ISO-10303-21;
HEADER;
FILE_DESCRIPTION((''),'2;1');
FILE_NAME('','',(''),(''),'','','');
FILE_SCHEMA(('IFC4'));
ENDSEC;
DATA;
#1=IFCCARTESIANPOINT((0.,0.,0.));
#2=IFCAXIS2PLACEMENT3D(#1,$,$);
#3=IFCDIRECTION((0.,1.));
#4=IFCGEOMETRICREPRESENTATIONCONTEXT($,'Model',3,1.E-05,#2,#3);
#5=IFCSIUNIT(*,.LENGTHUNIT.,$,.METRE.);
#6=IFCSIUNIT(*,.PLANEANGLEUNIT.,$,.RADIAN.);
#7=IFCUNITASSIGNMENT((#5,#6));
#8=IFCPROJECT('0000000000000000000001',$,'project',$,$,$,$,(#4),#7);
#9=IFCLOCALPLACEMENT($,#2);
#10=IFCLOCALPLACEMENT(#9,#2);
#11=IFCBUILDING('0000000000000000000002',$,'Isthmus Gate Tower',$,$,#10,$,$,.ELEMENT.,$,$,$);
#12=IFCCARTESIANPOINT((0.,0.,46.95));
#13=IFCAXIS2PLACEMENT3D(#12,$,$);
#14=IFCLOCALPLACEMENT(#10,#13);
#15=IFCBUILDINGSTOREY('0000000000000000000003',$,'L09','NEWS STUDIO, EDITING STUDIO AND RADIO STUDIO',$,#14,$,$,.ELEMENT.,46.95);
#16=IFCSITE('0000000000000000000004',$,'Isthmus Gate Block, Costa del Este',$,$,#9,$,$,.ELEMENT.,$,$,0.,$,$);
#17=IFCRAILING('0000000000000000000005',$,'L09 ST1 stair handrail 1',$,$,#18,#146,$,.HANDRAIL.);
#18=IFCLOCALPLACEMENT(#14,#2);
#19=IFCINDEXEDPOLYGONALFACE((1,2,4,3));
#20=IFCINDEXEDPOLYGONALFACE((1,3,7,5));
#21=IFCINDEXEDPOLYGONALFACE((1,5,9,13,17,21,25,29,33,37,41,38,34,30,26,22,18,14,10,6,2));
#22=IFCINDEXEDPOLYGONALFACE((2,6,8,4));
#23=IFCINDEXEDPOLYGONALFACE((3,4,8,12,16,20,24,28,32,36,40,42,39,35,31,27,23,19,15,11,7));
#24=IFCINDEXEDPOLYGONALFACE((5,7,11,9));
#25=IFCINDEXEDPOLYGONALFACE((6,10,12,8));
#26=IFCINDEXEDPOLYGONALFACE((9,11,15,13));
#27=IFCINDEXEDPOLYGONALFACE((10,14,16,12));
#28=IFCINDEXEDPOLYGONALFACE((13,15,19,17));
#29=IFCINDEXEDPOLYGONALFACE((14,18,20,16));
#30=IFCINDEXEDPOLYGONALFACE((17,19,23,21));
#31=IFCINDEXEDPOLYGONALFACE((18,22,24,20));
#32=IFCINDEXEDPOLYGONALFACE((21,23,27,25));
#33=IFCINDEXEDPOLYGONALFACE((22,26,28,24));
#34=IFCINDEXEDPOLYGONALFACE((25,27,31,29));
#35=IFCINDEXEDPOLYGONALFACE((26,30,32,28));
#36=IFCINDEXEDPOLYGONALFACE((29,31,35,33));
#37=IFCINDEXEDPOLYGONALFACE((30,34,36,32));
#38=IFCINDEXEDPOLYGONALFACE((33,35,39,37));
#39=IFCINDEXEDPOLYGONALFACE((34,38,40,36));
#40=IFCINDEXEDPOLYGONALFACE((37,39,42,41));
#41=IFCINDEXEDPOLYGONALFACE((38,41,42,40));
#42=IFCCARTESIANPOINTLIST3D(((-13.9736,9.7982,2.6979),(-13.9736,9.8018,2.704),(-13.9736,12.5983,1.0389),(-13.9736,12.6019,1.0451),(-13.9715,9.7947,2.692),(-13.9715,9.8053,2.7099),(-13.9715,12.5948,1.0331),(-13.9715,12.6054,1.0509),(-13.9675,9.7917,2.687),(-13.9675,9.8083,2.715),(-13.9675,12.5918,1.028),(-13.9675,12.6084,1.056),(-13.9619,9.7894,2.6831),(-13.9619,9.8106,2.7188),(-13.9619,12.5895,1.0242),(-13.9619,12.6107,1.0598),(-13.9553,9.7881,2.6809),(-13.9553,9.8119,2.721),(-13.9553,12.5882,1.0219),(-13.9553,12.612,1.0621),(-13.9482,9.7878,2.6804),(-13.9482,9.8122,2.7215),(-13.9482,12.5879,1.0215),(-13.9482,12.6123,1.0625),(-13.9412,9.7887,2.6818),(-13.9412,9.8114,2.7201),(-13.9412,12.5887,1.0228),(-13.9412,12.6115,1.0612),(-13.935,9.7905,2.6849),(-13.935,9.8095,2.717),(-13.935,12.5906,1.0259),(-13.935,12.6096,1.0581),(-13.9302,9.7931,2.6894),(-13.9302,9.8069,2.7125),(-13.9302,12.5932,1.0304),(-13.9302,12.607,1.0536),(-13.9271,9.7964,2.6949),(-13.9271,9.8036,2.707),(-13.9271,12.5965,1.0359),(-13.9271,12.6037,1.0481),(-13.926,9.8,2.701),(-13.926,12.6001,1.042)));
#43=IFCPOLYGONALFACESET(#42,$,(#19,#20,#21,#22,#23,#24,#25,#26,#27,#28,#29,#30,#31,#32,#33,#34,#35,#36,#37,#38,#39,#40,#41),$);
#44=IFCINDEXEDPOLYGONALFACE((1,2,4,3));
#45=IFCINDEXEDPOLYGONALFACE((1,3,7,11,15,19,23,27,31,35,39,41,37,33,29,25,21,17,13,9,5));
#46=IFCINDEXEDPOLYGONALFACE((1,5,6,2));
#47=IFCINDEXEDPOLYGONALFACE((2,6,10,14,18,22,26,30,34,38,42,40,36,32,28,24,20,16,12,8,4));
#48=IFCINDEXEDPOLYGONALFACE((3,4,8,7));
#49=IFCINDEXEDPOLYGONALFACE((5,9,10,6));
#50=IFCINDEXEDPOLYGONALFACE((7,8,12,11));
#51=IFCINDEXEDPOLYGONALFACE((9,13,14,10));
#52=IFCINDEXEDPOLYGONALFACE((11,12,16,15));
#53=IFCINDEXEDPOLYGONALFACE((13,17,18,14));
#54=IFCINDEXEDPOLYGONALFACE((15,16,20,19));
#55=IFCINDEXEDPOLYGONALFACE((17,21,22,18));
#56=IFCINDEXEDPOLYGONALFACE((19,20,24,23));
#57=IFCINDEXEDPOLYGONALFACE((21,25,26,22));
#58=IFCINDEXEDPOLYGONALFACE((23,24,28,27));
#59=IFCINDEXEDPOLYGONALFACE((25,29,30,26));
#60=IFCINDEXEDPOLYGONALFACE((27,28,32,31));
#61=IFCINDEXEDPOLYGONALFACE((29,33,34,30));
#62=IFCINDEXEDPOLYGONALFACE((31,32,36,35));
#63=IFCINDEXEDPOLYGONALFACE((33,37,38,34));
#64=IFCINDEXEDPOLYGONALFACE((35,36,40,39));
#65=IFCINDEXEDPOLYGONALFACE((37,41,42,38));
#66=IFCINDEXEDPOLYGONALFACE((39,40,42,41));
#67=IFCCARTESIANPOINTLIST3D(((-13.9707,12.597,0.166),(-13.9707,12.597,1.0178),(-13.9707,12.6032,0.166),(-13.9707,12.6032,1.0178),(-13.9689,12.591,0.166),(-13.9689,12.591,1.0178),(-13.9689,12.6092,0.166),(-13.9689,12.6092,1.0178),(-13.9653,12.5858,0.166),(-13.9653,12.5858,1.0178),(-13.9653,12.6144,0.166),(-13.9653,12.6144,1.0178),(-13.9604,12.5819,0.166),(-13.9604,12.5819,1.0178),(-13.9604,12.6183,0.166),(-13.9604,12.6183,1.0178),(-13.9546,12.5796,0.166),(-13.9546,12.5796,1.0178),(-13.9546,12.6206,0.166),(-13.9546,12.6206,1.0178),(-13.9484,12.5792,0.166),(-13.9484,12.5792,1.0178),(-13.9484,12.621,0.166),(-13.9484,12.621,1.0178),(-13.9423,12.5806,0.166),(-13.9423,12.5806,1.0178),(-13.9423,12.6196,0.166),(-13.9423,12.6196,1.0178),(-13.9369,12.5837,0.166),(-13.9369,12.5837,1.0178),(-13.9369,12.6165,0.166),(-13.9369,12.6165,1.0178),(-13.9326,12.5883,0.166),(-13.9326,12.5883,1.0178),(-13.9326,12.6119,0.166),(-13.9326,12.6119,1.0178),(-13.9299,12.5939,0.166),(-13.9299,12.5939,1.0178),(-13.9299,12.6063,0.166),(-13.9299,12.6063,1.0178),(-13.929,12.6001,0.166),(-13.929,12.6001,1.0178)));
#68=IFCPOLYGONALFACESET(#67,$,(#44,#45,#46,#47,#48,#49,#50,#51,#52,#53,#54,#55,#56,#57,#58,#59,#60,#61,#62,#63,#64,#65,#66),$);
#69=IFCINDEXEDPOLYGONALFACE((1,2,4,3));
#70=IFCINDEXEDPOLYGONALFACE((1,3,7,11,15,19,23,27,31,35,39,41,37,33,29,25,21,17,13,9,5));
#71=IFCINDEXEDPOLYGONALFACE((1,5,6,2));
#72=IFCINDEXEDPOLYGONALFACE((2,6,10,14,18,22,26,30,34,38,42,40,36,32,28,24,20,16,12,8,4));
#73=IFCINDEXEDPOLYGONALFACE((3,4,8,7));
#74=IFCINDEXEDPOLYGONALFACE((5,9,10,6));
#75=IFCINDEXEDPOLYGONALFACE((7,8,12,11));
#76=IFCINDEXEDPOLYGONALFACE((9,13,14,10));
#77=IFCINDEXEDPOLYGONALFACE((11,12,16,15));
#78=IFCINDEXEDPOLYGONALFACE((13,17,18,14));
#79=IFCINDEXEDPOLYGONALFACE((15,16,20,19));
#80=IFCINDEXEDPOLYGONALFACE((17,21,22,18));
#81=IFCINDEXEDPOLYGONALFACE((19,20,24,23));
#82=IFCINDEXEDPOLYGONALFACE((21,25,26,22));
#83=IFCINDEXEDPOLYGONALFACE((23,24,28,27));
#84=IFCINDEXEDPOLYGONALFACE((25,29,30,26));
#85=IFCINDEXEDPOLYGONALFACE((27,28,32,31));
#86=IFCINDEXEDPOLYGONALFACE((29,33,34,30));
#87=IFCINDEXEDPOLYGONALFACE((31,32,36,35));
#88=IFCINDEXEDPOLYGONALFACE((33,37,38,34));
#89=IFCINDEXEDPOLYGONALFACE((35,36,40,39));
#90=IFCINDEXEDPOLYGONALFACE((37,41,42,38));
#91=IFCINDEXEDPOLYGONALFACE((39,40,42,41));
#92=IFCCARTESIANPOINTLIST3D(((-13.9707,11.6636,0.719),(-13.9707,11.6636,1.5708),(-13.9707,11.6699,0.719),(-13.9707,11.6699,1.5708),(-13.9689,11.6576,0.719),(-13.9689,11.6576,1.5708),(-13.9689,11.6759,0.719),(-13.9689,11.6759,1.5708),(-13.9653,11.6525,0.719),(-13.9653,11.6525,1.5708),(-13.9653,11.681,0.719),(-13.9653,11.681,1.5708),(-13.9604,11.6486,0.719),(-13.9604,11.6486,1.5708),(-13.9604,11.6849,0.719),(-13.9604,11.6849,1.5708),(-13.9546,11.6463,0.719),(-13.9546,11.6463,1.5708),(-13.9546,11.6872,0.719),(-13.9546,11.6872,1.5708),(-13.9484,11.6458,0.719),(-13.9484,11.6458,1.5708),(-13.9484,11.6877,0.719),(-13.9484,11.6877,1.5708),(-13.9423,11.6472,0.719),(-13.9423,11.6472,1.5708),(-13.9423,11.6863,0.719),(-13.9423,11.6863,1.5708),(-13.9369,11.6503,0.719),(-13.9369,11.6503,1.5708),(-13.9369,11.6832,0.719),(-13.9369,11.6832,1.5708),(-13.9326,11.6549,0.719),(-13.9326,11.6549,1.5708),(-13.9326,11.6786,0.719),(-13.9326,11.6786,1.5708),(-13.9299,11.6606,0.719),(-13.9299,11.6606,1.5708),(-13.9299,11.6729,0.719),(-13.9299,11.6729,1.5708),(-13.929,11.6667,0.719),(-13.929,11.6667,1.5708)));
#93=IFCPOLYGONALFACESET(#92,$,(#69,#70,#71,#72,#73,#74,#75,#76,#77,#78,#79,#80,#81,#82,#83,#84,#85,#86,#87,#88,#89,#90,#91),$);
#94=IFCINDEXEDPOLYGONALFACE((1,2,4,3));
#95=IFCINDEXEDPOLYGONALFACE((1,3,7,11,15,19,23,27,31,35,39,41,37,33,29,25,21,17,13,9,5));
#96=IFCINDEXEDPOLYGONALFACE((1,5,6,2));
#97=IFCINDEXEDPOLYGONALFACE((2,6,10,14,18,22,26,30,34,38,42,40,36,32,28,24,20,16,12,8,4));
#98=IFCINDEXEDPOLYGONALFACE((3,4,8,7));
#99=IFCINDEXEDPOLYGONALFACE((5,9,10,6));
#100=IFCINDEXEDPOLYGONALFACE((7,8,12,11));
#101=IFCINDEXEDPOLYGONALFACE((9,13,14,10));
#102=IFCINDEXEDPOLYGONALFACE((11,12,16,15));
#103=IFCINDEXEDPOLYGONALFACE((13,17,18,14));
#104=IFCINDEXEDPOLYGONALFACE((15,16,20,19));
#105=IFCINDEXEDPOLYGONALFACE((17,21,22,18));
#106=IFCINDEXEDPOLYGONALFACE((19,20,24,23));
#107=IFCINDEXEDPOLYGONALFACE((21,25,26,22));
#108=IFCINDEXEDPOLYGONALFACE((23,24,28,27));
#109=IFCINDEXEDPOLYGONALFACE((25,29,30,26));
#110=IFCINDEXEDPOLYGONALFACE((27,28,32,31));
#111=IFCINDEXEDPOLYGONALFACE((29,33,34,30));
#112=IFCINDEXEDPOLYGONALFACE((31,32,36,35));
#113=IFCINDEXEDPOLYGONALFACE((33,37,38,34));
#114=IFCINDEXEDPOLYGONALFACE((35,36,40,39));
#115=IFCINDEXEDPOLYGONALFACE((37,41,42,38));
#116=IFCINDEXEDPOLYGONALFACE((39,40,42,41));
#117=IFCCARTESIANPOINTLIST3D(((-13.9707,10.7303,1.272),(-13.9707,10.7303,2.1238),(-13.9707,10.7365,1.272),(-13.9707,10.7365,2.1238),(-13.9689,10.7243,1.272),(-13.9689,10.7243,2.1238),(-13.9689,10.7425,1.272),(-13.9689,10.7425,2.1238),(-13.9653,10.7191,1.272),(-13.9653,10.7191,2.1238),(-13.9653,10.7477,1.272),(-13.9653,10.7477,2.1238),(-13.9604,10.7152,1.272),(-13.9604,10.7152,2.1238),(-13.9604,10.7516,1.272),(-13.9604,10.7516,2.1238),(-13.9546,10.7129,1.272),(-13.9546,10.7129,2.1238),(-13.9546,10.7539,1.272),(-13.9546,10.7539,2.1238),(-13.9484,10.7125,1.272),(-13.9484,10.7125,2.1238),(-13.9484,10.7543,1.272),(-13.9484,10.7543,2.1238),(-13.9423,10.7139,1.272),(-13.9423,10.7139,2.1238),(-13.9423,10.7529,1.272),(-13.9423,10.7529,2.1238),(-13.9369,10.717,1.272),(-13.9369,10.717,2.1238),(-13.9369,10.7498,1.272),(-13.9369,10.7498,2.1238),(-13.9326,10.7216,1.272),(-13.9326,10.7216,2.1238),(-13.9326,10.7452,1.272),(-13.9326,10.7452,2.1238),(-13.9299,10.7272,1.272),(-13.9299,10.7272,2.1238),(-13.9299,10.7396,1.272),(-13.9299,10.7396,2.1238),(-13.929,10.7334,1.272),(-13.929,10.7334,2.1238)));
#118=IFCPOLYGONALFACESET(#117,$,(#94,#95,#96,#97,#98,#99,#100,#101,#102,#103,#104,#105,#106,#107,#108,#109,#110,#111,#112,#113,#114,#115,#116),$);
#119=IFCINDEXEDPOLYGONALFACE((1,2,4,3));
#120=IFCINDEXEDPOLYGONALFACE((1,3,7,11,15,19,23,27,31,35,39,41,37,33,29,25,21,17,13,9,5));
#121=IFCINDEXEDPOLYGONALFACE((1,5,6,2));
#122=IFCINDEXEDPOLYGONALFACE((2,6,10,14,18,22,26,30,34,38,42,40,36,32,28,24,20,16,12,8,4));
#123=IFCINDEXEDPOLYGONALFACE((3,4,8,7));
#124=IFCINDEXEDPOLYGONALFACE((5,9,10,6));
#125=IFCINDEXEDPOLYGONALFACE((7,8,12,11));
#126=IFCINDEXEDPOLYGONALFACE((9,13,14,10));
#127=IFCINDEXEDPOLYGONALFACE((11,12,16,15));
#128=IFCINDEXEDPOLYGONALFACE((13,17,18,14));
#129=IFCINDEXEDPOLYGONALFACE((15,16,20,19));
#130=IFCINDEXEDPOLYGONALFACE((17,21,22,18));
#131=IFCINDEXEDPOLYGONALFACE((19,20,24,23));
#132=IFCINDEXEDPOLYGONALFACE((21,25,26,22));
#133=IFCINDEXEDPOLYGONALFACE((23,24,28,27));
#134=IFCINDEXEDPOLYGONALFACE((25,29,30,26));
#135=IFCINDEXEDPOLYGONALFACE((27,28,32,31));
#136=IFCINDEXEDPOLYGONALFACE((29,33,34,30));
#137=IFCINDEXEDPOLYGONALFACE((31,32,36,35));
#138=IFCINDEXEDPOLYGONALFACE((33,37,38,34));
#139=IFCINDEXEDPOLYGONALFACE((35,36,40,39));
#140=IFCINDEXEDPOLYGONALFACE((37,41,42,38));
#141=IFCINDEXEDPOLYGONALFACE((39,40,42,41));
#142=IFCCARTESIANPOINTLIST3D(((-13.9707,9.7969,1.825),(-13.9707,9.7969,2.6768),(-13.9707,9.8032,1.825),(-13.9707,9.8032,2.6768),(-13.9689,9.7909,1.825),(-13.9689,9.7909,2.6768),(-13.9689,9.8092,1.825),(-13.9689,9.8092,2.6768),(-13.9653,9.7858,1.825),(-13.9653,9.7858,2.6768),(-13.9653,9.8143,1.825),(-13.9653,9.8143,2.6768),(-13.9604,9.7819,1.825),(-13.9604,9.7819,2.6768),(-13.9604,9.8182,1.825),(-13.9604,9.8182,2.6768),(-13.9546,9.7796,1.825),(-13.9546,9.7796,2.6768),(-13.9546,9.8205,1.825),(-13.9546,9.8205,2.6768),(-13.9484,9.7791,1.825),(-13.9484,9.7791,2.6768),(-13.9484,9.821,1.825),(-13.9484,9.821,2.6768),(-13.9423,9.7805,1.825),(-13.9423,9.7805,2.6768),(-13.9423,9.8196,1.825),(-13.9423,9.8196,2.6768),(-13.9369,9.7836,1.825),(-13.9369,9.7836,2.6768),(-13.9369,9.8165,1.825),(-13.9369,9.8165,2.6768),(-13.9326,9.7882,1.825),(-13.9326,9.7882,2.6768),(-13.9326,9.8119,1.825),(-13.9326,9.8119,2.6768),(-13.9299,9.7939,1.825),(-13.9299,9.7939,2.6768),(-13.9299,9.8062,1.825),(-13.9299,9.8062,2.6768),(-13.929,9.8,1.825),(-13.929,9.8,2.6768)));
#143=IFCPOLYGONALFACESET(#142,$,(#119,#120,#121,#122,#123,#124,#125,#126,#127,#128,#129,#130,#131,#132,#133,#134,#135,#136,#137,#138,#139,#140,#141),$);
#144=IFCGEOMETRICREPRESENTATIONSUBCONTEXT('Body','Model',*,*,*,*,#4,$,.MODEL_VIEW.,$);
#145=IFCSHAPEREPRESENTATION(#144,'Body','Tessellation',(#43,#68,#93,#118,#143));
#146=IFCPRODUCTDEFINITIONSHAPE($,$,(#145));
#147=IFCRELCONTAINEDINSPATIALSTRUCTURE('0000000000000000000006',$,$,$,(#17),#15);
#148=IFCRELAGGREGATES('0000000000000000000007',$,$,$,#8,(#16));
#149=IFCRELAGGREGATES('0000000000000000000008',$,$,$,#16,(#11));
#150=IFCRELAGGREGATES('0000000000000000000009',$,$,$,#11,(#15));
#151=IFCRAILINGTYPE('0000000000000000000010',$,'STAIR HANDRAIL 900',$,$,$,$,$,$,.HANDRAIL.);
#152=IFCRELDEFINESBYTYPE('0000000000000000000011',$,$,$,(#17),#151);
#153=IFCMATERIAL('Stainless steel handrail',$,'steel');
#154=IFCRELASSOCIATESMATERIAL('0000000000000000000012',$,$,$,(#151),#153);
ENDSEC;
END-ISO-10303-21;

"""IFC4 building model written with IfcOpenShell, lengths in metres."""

from ifc_helpers import new_model, si_unit, direction, frame, origin, origin_2d, place, context, subcontext, project, spatial, circle, extrude, material, type_object, element, save


model = new_model("IFC4")

# Units and contexts
model_context = context("Model", 3, precision=1e-05, world=origin(), true_north=direction((0.0, 1.0)))
body_context = subcontext(model_context, "Body", "Model", "MODEL_VIEW")
ifc_project = project(units=[si_unit("LENGTHUNIT", "METRE"), si_unit("PLANEANGLEUNIT", "RADIAN")], contexts=[model_context])

# Site, building, storey
site_placement = place(None, origin())
site = spatial("IfcSite", under=ifc_project, at=site_placement, Name="Isthmus Gate Block, Costa del Este", CompositionType="ELEMENT", RefElevation=0.0)
building_placement = place(site_placement, origin())
building = spatial("IfcBuilding", under=site, at=building_placement, Name="Isthmus Gate Tower", CompositionType="ELEMENT")
storey_placement = place(building_placement, frame((0.0, 0.0, 46.95)))
storey = spatial("IfcBuildingStorey", under=building, at=storey_placement, Name="L09", Description="NEWS STUDIO, EDITING STUDIO AND RADIO STUDIO", CompositionType="ELEMENT", Elevation=46.95)

# Railing
ifc_material_1 = material(Name="Stainless steel handrail", Category="steel")
railing_type_1 = type_object("IfcRailingType", Name="STAIR HANDRAIL 900", PredefinedType="HANDRAIL", material=ifc_material_1)
railing_1_placement = place(storey_placement, frame((-13.95, 12.6001, 0.166)))
element("IfcRailing", 1, at=railing_1_placement, inside=storey, type_object=railing_type_1, Name="L09 ST1 stair handrail 1", PredefinedType="HANDRAIL", context=body_context, shape_type="SweptSolid", body=[
    extrude(circle(Radius=0.0239, at=origin_2d()), frame((0.0, 0.0, 0.876), z_axis=(0.0, -0.860339, 0.509722), x_axis=(1.0, 0.0, 0.0)), (0.0, 0.0, 1.0), 3.2546),
    extrude(circle(Radius=0.021, at=origin_2d()), origin(), (0.0, 0.0, 1.0), 0.8518),
    extrude(circle(Radius=0.021, at=origin_2d()), frame((0.0, -0.9333, 0.553)), (0.0, 0.0, 1.0), 0.8518),
    extrude(circle(Radius=0.021, at=origin_2d()), frame((0.0, -1.8667, 1.106)), (0.0, 0.0, 1.0), 0.8518),
    extrude(circle(Radius=0.021, at=origin_2d()), frame((0.0, -2.8, 1.6589)), (0.0, 0.0, 1.0), 0.8518),
])

save(model, "model.ifc")
